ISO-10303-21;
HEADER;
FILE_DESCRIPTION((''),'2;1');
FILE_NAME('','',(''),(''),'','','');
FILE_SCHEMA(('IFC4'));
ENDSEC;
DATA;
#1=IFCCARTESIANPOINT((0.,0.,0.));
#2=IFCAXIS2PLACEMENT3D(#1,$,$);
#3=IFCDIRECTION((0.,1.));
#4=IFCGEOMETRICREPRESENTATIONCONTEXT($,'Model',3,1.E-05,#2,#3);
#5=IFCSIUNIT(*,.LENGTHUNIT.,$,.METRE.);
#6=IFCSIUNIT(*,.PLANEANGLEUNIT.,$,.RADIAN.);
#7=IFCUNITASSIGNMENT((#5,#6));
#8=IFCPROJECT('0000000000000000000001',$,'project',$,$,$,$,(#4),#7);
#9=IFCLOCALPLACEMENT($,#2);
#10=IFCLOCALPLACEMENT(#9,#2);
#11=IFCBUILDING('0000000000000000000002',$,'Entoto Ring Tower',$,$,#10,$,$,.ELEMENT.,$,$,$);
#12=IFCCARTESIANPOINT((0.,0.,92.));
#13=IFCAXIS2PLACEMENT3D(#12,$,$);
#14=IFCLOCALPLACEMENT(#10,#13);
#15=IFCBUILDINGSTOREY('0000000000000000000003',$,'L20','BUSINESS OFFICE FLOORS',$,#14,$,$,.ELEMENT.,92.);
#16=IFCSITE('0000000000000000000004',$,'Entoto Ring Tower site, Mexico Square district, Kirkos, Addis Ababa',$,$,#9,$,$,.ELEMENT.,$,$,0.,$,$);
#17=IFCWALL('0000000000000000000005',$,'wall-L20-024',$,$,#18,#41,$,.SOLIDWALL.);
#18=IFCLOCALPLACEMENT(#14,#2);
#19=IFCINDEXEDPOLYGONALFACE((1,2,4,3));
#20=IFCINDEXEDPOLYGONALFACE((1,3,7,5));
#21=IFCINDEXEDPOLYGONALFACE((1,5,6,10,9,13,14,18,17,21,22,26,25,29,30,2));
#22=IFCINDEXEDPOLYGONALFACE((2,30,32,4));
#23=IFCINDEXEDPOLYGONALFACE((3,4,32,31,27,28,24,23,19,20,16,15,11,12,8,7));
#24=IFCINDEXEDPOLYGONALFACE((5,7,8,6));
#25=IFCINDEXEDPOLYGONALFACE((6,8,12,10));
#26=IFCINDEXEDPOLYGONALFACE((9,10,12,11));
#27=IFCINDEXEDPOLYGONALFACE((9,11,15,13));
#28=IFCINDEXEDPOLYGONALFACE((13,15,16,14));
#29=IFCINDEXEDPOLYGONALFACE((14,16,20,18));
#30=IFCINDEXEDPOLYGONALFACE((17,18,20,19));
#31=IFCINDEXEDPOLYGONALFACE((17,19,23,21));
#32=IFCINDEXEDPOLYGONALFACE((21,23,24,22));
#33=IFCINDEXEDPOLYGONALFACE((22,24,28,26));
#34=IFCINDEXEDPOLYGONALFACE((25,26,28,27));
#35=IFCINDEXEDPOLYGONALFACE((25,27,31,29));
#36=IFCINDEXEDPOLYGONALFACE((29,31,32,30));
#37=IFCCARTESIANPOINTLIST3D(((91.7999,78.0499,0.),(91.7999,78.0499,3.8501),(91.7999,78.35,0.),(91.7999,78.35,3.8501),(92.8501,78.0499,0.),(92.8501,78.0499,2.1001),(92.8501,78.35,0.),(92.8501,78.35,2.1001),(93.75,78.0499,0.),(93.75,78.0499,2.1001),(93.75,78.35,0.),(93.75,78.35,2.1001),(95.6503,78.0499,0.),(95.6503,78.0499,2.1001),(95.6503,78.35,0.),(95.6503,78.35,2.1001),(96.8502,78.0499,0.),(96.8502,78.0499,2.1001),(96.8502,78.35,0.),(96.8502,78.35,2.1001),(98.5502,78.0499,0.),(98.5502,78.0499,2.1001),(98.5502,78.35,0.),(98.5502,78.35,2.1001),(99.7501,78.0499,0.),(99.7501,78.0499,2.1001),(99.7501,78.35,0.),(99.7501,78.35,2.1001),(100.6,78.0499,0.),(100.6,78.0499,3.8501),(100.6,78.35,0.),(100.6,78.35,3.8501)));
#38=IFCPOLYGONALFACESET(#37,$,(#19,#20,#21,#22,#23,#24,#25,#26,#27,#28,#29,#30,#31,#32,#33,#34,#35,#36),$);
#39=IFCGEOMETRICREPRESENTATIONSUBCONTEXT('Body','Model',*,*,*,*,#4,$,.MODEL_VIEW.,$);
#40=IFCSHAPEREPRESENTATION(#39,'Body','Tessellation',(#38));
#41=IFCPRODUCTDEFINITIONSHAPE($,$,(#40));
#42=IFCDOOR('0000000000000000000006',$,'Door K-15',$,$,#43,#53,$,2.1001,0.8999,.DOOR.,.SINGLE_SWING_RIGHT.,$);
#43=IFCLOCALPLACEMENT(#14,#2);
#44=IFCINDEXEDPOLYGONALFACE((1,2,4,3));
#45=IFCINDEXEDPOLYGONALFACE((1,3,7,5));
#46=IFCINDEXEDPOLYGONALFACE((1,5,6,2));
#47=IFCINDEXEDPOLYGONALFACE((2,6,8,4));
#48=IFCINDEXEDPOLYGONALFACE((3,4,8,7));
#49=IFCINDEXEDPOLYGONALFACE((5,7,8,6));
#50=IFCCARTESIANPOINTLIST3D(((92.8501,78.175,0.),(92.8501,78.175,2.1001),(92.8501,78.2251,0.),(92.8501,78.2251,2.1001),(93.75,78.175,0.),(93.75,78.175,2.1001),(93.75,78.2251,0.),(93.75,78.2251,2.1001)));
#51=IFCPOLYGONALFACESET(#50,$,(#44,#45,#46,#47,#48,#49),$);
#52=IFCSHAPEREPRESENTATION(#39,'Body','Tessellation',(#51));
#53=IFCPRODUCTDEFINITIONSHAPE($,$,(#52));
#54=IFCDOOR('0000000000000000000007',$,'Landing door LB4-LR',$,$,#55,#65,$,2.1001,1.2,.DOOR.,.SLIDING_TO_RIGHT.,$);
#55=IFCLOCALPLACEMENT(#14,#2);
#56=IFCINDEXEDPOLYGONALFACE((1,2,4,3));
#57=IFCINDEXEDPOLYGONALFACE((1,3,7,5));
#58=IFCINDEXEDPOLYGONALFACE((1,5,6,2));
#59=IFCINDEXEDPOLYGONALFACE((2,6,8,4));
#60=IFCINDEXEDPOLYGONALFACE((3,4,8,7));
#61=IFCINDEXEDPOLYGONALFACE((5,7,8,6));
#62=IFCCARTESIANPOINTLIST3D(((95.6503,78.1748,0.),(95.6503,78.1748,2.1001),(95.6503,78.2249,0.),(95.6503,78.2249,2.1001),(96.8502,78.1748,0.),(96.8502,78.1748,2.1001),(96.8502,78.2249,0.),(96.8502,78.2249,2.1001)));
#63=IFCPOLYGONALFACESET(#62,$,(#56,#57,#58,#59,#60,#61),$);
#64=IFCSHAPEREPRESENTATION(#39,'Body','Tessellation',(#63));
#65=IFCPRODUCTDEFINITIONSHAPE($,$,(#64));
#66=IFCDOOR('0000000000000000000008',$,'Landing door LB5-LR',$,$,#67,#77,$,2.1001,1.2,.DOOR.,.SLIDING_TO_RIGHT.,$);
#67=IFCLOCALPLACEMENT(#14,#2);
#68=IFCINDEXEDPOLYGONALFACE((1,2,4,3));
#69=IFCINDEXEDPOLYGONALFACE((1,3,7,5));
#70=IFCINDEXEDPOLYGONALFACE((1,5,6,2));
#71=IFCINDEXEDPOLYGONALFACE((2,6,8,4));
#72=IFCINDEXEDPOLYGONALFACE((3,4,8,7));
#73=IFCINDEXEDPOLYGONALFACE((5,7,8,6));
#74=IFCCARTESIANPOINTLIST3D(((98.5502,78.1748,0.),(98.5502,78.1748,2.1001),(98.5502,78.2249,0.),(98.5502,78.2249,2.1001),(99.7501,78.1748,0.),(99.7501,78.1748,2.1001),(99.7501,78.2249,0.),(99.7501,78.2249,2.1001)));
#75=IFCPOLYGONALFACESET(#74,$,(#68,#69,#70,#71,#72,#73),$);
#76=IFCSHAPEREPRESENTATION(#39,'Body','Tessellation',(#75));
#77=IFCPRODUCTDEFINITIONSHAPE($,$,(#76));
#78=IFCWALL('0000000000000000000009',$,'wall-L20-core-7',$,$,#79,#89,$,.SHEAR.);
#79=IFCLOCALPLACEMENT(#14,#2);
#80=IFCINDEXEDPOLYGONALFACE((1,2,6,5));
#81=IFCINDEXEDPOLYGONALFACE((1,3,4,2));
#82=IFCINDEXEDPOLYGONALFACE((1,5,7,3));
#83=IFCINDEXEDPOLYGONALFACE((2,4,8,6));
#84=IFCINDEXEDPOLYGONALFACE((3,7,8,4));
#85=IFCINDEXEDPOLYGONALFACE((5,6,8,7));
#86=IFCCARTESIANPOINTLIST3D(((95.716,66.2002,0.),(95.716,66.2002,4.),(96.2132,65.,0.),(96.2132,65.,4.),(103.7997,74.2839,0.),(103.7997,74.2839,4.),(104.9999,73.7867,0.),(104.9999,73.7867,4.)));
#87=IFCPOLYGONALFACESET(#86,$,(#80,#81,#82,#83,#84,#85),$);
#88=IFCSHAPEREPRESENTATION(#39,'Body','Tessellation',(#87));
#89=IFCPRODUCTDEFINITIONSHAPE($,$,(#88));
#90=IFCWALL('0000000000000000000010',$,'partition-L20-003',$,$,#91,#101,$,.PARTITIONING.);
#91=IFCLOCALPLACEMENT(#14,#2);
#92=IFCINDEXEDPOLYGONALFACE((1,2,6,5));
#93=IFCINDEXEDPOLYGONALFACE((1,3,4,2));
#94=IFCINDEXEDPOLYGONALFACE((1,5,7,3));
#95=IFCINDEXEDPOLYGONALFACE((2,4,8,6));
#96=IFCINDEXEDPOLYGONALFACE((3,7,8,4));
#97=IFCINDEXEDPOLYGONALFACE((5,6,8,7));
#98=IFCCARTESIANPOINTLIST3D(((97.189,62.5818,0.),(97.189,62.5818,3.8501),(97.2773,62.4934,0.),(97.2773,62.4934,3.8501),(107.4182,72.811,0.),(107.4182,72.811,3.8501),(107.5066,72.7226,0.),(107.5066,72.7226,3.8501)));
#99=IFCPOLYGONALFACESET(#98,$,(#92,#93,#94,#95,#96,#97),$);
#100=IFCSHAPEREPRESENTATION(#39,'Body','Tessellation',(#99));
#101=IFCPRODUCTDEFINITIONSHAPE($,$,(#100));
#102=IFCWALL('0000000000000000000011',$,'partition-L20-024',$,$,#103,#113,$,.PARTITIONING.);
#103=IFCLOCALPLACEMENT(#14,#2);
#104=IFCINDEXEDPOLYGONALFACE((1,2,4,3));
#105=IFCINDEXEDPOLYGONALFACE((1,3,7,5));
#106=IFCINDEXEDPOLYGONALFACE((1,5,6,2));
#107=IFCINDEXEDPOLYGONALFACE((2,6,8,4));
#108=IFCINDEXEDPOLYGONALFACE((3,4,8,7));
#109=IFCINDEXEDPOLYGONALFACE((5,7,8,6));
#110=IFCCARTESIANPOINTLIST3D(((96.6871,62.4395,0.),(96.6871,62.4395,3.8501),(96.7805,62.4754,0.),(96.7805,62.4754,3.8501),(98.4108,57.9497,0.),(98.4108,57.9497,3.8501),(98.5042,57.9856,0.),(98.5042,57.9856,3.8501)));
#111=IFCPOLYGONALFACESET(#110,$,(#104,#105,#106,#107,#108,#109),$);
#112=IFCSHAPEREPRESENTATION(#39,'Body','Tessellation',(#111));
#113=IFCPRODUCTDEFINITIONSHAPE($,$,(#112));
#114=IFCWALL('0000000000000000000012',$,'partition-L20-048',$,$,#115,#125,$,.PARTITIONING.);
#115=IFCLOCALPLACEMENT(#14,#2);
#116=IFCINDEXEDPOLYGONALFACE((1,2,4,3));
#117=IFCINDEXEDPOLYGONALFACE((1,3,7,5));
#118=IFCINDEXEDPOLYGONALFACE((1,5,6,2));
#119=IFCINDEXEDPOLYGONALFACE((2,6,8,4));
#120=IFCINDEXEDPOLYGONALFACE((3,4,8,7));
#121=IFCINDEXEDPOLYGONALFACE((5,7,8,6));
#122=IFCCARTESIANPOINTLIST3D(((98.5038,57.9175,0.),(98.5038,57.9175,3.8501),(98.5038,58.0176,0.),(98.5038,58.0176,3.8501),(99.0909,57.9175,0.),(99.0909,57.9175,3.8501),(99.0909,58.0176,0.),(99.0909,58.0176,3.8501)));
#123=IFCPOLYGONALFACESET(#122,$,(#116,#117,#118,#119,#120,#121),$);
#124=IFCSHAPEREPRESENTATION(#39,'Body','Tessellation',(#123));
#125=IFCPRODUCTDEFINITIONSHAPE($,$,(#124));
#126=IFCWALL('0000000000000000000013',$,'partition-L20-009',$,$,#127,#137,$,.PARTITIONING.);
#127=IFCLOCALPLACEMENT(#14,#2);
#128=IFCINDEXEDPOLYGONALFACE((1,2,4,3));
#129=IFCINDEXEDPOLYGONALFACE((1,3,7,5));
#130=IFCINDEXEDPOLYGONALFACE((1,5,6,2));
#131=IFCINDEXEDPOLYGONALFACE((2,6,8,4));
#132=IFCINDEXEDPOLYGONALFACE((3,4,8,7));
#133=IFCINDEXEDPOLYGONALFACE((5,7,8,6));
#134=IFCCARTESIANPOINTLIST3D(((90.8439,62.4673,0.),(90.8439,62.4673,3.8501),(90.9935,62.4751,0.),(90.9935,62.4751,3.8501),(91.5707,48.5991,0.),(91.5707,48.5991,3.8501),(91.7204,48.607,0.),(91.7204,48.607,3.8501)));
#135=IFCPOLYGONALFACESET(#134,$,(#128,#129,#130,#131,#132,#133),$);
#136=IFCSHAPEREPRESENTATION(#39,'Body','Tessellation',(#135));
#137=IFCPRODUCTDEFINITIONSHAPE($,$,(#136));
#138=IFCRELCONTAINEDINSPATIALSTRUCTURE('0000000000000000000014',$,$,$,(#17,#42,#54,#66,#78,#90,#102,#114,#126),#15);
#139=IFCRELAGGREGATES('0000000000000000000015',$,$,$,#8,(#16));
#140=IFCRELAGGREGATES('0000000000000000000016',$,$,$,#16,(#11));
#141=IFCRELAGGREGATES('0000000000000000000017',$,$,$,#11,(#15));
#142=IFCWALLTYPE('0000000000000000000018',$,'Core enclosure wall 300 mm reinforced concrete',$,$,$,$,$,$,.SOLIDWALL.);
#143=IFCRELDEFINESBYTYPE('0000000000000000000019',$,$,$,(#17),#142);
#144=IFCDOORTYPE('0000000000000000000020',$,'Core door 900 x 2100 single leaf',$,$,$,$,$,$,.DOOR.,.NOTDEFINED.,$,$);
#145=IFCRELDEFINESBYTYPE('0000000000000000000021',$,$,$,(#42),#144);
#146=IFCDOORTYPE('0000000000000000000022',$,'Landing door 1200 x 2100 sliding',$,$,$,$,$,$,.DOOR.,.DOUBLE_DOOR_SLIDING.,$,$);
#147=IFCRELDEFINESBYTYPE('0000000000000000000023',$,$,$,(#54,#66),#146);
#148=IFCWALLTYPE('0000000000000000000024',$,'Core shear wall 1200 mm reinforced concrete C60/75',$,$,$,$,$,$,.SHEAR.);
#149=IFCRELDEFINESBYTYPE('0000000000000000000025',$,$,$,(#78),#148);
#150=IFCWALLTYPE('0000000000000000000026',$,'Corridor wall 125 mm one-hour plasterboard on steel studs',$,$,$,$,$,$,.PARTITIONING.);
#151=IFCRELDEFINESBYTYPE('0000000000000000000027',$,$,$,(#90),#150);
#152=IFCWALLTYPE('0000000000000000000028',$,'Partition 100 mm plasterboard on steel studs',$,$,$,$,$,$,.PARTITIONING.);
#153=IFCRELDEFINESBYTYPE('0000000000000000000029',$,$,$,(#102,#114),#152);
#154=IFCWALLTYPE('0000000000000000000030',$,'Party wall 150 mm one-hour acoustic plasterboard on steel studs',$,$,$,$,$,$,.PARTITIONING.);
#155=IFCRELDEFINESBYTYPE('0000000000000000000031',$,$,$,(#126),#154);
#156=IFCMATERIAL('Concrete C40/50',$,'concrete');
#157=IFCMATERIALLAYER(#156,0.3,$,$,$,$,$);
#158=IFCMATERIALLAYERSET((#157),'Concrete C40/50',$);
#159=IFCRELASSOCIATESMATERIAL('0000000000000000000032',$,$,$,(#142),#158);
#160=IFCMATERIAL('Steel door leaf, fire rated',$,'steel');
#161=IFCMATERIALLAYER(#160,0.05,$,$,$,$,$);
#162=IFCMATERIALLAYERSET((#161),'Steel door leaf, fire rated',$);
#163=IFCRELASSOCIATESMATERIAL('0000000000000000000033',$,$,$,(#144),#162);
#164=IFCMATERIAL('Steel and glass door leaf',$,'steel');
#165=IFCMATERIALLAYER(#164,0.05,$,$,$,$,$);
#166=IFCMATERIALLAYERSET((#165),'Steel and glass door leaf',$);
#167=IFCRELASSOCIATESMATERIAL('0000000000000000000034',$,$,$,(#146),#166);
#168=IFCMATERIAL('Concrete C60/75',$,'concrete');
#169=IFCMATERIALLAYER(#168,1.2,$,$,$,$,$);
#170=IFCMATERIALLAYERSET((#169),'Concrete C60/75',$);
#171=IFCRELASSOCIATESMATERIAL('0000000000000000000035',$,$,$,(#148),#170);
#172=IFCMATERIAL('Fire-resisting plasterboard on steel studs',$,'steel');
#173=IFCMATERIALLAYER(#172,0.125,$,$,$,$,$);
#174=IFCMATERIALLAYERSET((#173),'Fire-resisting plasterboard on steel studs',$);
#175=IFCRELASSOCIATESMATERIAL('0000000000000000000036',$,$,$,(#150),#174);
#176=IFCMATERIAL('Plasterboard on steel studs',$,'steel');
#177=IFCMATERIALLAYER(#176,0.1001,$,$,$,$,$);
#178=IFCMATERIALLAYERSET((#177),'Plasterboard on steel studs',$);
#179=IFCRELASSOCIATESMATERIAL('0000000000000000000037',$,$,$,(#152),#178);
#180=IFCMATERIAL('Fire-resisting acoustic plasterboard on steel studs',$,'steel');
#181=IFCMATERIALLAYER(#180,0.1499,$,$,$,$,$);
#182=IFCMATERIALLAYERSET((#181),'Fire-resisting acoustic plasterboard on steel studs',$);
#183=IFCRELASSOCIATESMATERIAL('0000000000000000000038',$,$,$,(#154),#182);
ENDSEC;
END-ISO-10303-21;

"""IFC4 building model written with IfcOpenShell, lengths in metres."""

from ifc_helpers import new_model, si_unit, direction, frame, frame_2d, origin, place, context, subcontext, project, spatial, polyline, rectangle, outline, extrude, material, layer, layer_set, type_object, element, fill, save


model = new_model("IFC4")

# Units and contexts
model_context = context("Model", 3, precision=1e-05, world=origin(), true_north=direction((0.0, 1.0)))
body_context = subcontext(model_context, "Body", "Model", "MODEL_VIEW")
ifc_project = project(units=[si_unit("LENGTHUNIT", "METRE"), si_unit("PLANEANGLEUNIT", "RADIAN")], contexts=[model_context])

# Site, building, storey
site_placement = place(None, origin())
site = spatial("IfcSite", under=ifc_project, at=site_placement, Name="Entoto Ring Tower site, Mexico Square district, Kirkos, Addis Ababa", CompositionType="ELEMENT", RefElevation=0.0)
building_placement = place(site_placement, origin())
building = spatial("IfcBuilding", under=site, at=building_placement, Name="Entoto Ring Tower", CompositionType="ELEMENT")
storey_placement = place(building_placement, frame((0.0, 0.0, 92.0)))
storey = spatial("IfcBuildingStorey", under=building, at=storey_placement, Name="L20", Description="BUSINESS OFFICE FLOORS", CompositionType="ELEMENT", Elevation=92.0)

# Shared definitions
ifc_material_1 = material(Name="Concrete C40/50", Category="concrete")
ifc_layer_1 = layer(ifc_material_1, 0.3)
ifc_layer_set_1 = layer_set([ifc_layer_1], Name="Concrete C40/50")
wall_type_1 = type_object("IfcWallType", Name="Core enclosure wall 300 mm reinforced concrete", PredefinedType="SOLIDWALL", material=ifc_layer_set_1)

# Shared definitions
ifc_material_2 = material(Name="Steel door leaf, fire rated", Category="steel")
ifc_layer_2 = layer(ifc_material_2, 0.05)
ifc_layer_set_2 = layer_set([ifc_layer_2], Name="Steel door leaf, fire rated")
door_type_1 = type_object("IfcDoorType", Name="Core door 900 x 2100 single leaf", OperationType="NOTDEFINED", PredefinedType="DOOR", material=ifc_layer_set_2)

# Wall, openings, doors
wall_1_placement = place(storey_placement, frame((91.8, 78.2, 0.0), z_axis=(0.0, 0.0, 1.0), x_axis=(1.0, 0.0, 0.0)))
wall_1 = element("IfcWall", 1, at=wall_1_placement, inside=storey, type_object=wall_type_1, Name="wall-L20-024", PredefinedType="SOLIDWALL", context=body_context, shape_type="SweptSolid", body=[
    extrude(rectangle(XDim=8.8, YDim=0.3, at=frame_2d((4.3999, 0.0))), origin(), (0.0, 0.0, 1.0), 3.8501),
])
opening_1_placement = place(wall_1_placement, frame((3.8501, 0.0, 0.0)))
opening_1 = element("IfcOpeningElement", 2, at=opening_1_placement, cuts=wall_1, PredefinedType="OPENING", context=body_context, shape_type="SweptSolid", body=[
    extrude(rectangle(XDim=1.2, YDim=2.1001, at=frame_2d((0.6001, 1.05))), frame((0.0, 0.1602, 0.0), z_axis=(0.0, -1.0, 0.0), x_axis=(1.0, 0.0, 0.0)), (0.0, 0.0, 1.0), 0.3201),
])
opening_2_placement = place(wall_1_placement, frame((6.75, 0.0, 0.0)))
opening_2 = element("IfcOpeningElement", 3, at=opening_2_placement, cuts=wall_1, PredefinedType="OPENING", context=body_context, shape_type="SweptSolid", body=[
    extrude(rectangle(XDim=1.2, YDim=2.1001, at=frame_2d((0.6001, 1.05))), frame((0.0, 0.1602, 0.0), z_axis=(0.0, -1.0, 0.0), x_axis=(1.0, 0.0, 0.0)), (0.0, 0.0, 1.0), 0.3201),
])
opening_3_placement = place(wall_1_placement, frame((1.05, 0.0, 0.0)))
opening_3 = element("IfcOpeningElement", 4, at=opening_3_placement, cuts=wall_1, PredefinedType="OPENING", context=body_context, shape_type="SweptSolid", body=[
    extrude(rectangle(XDim=0.8999, YDim=2.1001, at=frame_2d((0.45, 1.05))), frame((0.0, 0.1602, 0.0), z_axis=(0.0, -1.0, 0.0), x_axis=(1.0, 0.0, 0.0)), (0.0, 0.0, 1.0), 0.3201),
])
door_1_placement = place(opening_3_placement, frame((0.8999, 0.0, 0.0), z_axis=(0.0, 0.0, 1.0), x_axis=(-1.0, 0.0, 0.0)))
door_1 = element("IfcDoor", 5, at=door_1_placement, inside=storey, type_object=door_type_1, Name="Door K-15", OperationType="SINGLE_SWING_RIGHT", OverallHeight=2.1001, OverallWidth=0.8999, PredefinedType="DOOR", context=body_context, shape_type="SweptSolid", body=[
    extrude(rectangle(XDim=0.8999, YDim=2.1001, at=frame_2d((0.45, 1.05))), frame((0.0, 0.0249, 0.0), z_axis=(0.0, -1.0, 0.0), x_axis=(1.0, 0.0, 0.0)), (0.0, 0.0, 1.0), 0.05),
])
fill(opening_3, door_1)
ifc_material_3 = material(Name="Steel and glass door leaf", Category="steel")
ifc_layer_3 = layer(ifc_material_3, 0.05)
ifc_layer_set_3 = layer_set([ifc_layer_3], Name="Steel and glass door leaf")
door_type_2 = type_object("IfcDoorType", Name="Landing door 1200 x 2100 sliding", OperationType="DOUBLE_DOOR_SLIDING", PredefinedType="DOOR", material=ifc_layer_set_3)
door_2_placement = place(opening_1_placement, origin())
door_2 = element("IfcDoor", 6, at=door_2_placement, inside=storey, type_object=door_type_2, Name="Landing door LB4-LR", OperationType="SLIDING_TO_RIGHT", OverallHeight=2.1001, OverallWidth=1.2, PredefinedType="DOOR", context=body_context, shape_type="SweptSolid", body=[
    extrude(rectangle(XDim=1.2, YDim=2.1001, at=frame_2d((0.6001, 1.05))), frame((0.0, 0.0249, 0.0), z_axis=(0.0, -1.0, 0.0), x_axis=(1.0, 0.0, 0.0)), (0.0, 0.0, 1.0), 0.05),
])
fill(opening_1, door_2)
door_3_placement = place(opening_2_placement, origin())
door_3 = element("IfcDoor", 7, at=door_3_placement, inside=storey, type_object=door_type_2, Name="Landing door LB5-LR", OperationType="SLIDING_TO_RIGHT", OverallHeight=2.1001, OverallWidth=1.2, PredefinedType="DOOR", context=body_context, shape_type="SweptSolid", body=[
    extrude(rectangle(XDim=1.2, YDim=2.1001, at=frame_2d((0.6001, 1.05))), frame((0.0, 0.0249, 0.0), z_axis=(0.0, -1.0, 0.0), x_axis=(1.0, 0.0, 0.0)), (0.0, 0.0, 1.0), 0.05),
])
fill(opening_2, door_3)

# Walls
ifc_material_4 = material(Name="Concrete C60/75", Category="concrete")
ifc_layer_4 = layer(ifc_material_4, 1.2)
ifc_layer_set_4 = layer_set([ifc_layer_4], Name="Concrete C60/75")
wall_type_2 = type_object("IfcWallType", Name="Core shear wall 1200 mm reinforced concrete C60/75", PredefinedType="SHEAR", material=ifc_layer_set_4)
wall_2_placement = place(storey_placement, frame((95.9646, 65.6001, 0.0), z_axis=(0.0, 0.0, 1.0), x_axis=(0.707107, 0.707107, 0.0)))
element("IfcWall", 8, at=wall_2_placement, inside=storey, type_object=wall_type_2, Name="wall-L20-core-7", PredefinedType="SHEAR", context=body_context, shape_type="SweptSolid", body=[
    extrude(outline(polyline([(-0.2485, -0.6001), (12.1777, -0.6001), (11.6807, 0.6001), (0.2485, 0.6001), (-0.2485, -0.6001)])), origin(), (0.0, 0.0, 1.0), 4.0),
])
ifc_material_5 = material(Name="Fire-resisting plasterboard on steel studs", Category="steel")
ifc_layer_5 = layer(ifc_material_5, 0.125)
ifc_layer_set_5 = layer_set([ifc_layer_5], Name="Fire-resisting plasterboard on steel studs")
wall_type_3 = type_object("IfcWallType", Name="Corridor wall 125 mm one-hour plasterboard on steel studs", PredefinedType="PARTITIONING", material=ifc_layer_set_5)
wall_3_placement = place(storey_placement, frame((97.2332, 62.5376, 0.0), z_axis=(0.0, 0.0, 1.0), x_axis=(0.707107, 0.707107, 0.0)))
element("IfcWall", 9, at=wall_3_placement, inside=storey, type_object=wall_type_3, Name="partition-L20-003", PredefinedType="PARTITIONING", context=body_context, shape_type="SweptSolid", body=[
    extrude(rectangle(XDim=14.4663, YDim=0.125, at=frame_2d((7.2332, 0.0))), origin(), (0.0, 0.0, 1.0), 3.8501),
])
ifc_material_6 = material(Name="Plasterboard on steel studs", Category="steel")
ifc_layer_6 = layer(ifc_material_6, 0.1001)
ifc_layer_set_6 = layer_set([ifc_layer_6], Name="Plasterboard on steel studs")
wall_type_4 = type_object("IfcWallType", Name="Partition 100 mm plasterboard on steel studs", PredefinedType="PARTITIONING", material=ifc_layer_set_6)
wall_4_placement = place(storey_placement, frame((98.4575, 57.9675, 0.0), z_axis=(0.0, 0.0, 1.0), x_axis=(-0.358401, 0.933568, 0.0)))
element("IfcWall", 10, at=wall_4_placement, inside=storey, type_object=wall_type_4, Name="partition-L20-024", PredefinedType="PARTITIONING", context=body_context, shape_type="SweptSolid", body=[
    extrude(rectangle(XDim=4.8093, YDim=0.1001, at=frame_2d((2.4048, 0.0))), origin(), (0.0, 0.0, 1.0), 3.8501),
])
wall_5_placement = place(storey_placement, frame((98.5039, 57.9675, 0.0), z_axis=(0.0, 0.0, 1.0), x_axis=(1.0, 0.0, 0.0)))
element("IfcWall", 11, at=wall_5_placement, inside=storey, type_object=wall_type_4, Name="partition-L20-048", PredefinedType="PARTITIONING", context=body_context, shape_type="SweptSolid", body=[
    extrude(rectangle(XDim=0.5872, YDim=0.1001, at=frame_2d((0.2935, 0.0))), origin(), (0.0, 0.0, 1.0), 3.8501),
])
ifc_material_7 = material(Name="Fire-resisting acoustic plasterboard on steel studs", Category="steel")
ifc_layer_7 = layer(ifc_material_7, 0.1499)
ifc_layer_set_7 = layer_set([ifc_layer_7], Name="Fire-resisting acoustic plasterboard on steel studs")
wall_type_5 = type_object("IfcWallType", Name="Party wall 150 mm one-hour acoustic plasterboard on steel studs", PredefinedType="PARTITIONING", material=ifc_layer_set_7)
wall_6_placement = place(storey_placement, frame((91.6455, 48.603, 0.0), z_axis=(0.0, 0.0, 1.0), x_axis=(-0.052336, 0.99863, 0.0)))
element("IfcWall", 12, at=wall_6_placement, inside=storey, type_object=wall_type_5, Name="partition-L20-009", PredefinedType="PARTITIONING", context=body_context, shape_type="SweptSolid", body=[
    extrude(rectangle(XDim=13.8872, YDim=0.1499, at=frame_2d((6.9436, 0.0))), origin(), (0.0, 0.0, 1.0), 3.8501),
])

save(model, "model.ifc")
